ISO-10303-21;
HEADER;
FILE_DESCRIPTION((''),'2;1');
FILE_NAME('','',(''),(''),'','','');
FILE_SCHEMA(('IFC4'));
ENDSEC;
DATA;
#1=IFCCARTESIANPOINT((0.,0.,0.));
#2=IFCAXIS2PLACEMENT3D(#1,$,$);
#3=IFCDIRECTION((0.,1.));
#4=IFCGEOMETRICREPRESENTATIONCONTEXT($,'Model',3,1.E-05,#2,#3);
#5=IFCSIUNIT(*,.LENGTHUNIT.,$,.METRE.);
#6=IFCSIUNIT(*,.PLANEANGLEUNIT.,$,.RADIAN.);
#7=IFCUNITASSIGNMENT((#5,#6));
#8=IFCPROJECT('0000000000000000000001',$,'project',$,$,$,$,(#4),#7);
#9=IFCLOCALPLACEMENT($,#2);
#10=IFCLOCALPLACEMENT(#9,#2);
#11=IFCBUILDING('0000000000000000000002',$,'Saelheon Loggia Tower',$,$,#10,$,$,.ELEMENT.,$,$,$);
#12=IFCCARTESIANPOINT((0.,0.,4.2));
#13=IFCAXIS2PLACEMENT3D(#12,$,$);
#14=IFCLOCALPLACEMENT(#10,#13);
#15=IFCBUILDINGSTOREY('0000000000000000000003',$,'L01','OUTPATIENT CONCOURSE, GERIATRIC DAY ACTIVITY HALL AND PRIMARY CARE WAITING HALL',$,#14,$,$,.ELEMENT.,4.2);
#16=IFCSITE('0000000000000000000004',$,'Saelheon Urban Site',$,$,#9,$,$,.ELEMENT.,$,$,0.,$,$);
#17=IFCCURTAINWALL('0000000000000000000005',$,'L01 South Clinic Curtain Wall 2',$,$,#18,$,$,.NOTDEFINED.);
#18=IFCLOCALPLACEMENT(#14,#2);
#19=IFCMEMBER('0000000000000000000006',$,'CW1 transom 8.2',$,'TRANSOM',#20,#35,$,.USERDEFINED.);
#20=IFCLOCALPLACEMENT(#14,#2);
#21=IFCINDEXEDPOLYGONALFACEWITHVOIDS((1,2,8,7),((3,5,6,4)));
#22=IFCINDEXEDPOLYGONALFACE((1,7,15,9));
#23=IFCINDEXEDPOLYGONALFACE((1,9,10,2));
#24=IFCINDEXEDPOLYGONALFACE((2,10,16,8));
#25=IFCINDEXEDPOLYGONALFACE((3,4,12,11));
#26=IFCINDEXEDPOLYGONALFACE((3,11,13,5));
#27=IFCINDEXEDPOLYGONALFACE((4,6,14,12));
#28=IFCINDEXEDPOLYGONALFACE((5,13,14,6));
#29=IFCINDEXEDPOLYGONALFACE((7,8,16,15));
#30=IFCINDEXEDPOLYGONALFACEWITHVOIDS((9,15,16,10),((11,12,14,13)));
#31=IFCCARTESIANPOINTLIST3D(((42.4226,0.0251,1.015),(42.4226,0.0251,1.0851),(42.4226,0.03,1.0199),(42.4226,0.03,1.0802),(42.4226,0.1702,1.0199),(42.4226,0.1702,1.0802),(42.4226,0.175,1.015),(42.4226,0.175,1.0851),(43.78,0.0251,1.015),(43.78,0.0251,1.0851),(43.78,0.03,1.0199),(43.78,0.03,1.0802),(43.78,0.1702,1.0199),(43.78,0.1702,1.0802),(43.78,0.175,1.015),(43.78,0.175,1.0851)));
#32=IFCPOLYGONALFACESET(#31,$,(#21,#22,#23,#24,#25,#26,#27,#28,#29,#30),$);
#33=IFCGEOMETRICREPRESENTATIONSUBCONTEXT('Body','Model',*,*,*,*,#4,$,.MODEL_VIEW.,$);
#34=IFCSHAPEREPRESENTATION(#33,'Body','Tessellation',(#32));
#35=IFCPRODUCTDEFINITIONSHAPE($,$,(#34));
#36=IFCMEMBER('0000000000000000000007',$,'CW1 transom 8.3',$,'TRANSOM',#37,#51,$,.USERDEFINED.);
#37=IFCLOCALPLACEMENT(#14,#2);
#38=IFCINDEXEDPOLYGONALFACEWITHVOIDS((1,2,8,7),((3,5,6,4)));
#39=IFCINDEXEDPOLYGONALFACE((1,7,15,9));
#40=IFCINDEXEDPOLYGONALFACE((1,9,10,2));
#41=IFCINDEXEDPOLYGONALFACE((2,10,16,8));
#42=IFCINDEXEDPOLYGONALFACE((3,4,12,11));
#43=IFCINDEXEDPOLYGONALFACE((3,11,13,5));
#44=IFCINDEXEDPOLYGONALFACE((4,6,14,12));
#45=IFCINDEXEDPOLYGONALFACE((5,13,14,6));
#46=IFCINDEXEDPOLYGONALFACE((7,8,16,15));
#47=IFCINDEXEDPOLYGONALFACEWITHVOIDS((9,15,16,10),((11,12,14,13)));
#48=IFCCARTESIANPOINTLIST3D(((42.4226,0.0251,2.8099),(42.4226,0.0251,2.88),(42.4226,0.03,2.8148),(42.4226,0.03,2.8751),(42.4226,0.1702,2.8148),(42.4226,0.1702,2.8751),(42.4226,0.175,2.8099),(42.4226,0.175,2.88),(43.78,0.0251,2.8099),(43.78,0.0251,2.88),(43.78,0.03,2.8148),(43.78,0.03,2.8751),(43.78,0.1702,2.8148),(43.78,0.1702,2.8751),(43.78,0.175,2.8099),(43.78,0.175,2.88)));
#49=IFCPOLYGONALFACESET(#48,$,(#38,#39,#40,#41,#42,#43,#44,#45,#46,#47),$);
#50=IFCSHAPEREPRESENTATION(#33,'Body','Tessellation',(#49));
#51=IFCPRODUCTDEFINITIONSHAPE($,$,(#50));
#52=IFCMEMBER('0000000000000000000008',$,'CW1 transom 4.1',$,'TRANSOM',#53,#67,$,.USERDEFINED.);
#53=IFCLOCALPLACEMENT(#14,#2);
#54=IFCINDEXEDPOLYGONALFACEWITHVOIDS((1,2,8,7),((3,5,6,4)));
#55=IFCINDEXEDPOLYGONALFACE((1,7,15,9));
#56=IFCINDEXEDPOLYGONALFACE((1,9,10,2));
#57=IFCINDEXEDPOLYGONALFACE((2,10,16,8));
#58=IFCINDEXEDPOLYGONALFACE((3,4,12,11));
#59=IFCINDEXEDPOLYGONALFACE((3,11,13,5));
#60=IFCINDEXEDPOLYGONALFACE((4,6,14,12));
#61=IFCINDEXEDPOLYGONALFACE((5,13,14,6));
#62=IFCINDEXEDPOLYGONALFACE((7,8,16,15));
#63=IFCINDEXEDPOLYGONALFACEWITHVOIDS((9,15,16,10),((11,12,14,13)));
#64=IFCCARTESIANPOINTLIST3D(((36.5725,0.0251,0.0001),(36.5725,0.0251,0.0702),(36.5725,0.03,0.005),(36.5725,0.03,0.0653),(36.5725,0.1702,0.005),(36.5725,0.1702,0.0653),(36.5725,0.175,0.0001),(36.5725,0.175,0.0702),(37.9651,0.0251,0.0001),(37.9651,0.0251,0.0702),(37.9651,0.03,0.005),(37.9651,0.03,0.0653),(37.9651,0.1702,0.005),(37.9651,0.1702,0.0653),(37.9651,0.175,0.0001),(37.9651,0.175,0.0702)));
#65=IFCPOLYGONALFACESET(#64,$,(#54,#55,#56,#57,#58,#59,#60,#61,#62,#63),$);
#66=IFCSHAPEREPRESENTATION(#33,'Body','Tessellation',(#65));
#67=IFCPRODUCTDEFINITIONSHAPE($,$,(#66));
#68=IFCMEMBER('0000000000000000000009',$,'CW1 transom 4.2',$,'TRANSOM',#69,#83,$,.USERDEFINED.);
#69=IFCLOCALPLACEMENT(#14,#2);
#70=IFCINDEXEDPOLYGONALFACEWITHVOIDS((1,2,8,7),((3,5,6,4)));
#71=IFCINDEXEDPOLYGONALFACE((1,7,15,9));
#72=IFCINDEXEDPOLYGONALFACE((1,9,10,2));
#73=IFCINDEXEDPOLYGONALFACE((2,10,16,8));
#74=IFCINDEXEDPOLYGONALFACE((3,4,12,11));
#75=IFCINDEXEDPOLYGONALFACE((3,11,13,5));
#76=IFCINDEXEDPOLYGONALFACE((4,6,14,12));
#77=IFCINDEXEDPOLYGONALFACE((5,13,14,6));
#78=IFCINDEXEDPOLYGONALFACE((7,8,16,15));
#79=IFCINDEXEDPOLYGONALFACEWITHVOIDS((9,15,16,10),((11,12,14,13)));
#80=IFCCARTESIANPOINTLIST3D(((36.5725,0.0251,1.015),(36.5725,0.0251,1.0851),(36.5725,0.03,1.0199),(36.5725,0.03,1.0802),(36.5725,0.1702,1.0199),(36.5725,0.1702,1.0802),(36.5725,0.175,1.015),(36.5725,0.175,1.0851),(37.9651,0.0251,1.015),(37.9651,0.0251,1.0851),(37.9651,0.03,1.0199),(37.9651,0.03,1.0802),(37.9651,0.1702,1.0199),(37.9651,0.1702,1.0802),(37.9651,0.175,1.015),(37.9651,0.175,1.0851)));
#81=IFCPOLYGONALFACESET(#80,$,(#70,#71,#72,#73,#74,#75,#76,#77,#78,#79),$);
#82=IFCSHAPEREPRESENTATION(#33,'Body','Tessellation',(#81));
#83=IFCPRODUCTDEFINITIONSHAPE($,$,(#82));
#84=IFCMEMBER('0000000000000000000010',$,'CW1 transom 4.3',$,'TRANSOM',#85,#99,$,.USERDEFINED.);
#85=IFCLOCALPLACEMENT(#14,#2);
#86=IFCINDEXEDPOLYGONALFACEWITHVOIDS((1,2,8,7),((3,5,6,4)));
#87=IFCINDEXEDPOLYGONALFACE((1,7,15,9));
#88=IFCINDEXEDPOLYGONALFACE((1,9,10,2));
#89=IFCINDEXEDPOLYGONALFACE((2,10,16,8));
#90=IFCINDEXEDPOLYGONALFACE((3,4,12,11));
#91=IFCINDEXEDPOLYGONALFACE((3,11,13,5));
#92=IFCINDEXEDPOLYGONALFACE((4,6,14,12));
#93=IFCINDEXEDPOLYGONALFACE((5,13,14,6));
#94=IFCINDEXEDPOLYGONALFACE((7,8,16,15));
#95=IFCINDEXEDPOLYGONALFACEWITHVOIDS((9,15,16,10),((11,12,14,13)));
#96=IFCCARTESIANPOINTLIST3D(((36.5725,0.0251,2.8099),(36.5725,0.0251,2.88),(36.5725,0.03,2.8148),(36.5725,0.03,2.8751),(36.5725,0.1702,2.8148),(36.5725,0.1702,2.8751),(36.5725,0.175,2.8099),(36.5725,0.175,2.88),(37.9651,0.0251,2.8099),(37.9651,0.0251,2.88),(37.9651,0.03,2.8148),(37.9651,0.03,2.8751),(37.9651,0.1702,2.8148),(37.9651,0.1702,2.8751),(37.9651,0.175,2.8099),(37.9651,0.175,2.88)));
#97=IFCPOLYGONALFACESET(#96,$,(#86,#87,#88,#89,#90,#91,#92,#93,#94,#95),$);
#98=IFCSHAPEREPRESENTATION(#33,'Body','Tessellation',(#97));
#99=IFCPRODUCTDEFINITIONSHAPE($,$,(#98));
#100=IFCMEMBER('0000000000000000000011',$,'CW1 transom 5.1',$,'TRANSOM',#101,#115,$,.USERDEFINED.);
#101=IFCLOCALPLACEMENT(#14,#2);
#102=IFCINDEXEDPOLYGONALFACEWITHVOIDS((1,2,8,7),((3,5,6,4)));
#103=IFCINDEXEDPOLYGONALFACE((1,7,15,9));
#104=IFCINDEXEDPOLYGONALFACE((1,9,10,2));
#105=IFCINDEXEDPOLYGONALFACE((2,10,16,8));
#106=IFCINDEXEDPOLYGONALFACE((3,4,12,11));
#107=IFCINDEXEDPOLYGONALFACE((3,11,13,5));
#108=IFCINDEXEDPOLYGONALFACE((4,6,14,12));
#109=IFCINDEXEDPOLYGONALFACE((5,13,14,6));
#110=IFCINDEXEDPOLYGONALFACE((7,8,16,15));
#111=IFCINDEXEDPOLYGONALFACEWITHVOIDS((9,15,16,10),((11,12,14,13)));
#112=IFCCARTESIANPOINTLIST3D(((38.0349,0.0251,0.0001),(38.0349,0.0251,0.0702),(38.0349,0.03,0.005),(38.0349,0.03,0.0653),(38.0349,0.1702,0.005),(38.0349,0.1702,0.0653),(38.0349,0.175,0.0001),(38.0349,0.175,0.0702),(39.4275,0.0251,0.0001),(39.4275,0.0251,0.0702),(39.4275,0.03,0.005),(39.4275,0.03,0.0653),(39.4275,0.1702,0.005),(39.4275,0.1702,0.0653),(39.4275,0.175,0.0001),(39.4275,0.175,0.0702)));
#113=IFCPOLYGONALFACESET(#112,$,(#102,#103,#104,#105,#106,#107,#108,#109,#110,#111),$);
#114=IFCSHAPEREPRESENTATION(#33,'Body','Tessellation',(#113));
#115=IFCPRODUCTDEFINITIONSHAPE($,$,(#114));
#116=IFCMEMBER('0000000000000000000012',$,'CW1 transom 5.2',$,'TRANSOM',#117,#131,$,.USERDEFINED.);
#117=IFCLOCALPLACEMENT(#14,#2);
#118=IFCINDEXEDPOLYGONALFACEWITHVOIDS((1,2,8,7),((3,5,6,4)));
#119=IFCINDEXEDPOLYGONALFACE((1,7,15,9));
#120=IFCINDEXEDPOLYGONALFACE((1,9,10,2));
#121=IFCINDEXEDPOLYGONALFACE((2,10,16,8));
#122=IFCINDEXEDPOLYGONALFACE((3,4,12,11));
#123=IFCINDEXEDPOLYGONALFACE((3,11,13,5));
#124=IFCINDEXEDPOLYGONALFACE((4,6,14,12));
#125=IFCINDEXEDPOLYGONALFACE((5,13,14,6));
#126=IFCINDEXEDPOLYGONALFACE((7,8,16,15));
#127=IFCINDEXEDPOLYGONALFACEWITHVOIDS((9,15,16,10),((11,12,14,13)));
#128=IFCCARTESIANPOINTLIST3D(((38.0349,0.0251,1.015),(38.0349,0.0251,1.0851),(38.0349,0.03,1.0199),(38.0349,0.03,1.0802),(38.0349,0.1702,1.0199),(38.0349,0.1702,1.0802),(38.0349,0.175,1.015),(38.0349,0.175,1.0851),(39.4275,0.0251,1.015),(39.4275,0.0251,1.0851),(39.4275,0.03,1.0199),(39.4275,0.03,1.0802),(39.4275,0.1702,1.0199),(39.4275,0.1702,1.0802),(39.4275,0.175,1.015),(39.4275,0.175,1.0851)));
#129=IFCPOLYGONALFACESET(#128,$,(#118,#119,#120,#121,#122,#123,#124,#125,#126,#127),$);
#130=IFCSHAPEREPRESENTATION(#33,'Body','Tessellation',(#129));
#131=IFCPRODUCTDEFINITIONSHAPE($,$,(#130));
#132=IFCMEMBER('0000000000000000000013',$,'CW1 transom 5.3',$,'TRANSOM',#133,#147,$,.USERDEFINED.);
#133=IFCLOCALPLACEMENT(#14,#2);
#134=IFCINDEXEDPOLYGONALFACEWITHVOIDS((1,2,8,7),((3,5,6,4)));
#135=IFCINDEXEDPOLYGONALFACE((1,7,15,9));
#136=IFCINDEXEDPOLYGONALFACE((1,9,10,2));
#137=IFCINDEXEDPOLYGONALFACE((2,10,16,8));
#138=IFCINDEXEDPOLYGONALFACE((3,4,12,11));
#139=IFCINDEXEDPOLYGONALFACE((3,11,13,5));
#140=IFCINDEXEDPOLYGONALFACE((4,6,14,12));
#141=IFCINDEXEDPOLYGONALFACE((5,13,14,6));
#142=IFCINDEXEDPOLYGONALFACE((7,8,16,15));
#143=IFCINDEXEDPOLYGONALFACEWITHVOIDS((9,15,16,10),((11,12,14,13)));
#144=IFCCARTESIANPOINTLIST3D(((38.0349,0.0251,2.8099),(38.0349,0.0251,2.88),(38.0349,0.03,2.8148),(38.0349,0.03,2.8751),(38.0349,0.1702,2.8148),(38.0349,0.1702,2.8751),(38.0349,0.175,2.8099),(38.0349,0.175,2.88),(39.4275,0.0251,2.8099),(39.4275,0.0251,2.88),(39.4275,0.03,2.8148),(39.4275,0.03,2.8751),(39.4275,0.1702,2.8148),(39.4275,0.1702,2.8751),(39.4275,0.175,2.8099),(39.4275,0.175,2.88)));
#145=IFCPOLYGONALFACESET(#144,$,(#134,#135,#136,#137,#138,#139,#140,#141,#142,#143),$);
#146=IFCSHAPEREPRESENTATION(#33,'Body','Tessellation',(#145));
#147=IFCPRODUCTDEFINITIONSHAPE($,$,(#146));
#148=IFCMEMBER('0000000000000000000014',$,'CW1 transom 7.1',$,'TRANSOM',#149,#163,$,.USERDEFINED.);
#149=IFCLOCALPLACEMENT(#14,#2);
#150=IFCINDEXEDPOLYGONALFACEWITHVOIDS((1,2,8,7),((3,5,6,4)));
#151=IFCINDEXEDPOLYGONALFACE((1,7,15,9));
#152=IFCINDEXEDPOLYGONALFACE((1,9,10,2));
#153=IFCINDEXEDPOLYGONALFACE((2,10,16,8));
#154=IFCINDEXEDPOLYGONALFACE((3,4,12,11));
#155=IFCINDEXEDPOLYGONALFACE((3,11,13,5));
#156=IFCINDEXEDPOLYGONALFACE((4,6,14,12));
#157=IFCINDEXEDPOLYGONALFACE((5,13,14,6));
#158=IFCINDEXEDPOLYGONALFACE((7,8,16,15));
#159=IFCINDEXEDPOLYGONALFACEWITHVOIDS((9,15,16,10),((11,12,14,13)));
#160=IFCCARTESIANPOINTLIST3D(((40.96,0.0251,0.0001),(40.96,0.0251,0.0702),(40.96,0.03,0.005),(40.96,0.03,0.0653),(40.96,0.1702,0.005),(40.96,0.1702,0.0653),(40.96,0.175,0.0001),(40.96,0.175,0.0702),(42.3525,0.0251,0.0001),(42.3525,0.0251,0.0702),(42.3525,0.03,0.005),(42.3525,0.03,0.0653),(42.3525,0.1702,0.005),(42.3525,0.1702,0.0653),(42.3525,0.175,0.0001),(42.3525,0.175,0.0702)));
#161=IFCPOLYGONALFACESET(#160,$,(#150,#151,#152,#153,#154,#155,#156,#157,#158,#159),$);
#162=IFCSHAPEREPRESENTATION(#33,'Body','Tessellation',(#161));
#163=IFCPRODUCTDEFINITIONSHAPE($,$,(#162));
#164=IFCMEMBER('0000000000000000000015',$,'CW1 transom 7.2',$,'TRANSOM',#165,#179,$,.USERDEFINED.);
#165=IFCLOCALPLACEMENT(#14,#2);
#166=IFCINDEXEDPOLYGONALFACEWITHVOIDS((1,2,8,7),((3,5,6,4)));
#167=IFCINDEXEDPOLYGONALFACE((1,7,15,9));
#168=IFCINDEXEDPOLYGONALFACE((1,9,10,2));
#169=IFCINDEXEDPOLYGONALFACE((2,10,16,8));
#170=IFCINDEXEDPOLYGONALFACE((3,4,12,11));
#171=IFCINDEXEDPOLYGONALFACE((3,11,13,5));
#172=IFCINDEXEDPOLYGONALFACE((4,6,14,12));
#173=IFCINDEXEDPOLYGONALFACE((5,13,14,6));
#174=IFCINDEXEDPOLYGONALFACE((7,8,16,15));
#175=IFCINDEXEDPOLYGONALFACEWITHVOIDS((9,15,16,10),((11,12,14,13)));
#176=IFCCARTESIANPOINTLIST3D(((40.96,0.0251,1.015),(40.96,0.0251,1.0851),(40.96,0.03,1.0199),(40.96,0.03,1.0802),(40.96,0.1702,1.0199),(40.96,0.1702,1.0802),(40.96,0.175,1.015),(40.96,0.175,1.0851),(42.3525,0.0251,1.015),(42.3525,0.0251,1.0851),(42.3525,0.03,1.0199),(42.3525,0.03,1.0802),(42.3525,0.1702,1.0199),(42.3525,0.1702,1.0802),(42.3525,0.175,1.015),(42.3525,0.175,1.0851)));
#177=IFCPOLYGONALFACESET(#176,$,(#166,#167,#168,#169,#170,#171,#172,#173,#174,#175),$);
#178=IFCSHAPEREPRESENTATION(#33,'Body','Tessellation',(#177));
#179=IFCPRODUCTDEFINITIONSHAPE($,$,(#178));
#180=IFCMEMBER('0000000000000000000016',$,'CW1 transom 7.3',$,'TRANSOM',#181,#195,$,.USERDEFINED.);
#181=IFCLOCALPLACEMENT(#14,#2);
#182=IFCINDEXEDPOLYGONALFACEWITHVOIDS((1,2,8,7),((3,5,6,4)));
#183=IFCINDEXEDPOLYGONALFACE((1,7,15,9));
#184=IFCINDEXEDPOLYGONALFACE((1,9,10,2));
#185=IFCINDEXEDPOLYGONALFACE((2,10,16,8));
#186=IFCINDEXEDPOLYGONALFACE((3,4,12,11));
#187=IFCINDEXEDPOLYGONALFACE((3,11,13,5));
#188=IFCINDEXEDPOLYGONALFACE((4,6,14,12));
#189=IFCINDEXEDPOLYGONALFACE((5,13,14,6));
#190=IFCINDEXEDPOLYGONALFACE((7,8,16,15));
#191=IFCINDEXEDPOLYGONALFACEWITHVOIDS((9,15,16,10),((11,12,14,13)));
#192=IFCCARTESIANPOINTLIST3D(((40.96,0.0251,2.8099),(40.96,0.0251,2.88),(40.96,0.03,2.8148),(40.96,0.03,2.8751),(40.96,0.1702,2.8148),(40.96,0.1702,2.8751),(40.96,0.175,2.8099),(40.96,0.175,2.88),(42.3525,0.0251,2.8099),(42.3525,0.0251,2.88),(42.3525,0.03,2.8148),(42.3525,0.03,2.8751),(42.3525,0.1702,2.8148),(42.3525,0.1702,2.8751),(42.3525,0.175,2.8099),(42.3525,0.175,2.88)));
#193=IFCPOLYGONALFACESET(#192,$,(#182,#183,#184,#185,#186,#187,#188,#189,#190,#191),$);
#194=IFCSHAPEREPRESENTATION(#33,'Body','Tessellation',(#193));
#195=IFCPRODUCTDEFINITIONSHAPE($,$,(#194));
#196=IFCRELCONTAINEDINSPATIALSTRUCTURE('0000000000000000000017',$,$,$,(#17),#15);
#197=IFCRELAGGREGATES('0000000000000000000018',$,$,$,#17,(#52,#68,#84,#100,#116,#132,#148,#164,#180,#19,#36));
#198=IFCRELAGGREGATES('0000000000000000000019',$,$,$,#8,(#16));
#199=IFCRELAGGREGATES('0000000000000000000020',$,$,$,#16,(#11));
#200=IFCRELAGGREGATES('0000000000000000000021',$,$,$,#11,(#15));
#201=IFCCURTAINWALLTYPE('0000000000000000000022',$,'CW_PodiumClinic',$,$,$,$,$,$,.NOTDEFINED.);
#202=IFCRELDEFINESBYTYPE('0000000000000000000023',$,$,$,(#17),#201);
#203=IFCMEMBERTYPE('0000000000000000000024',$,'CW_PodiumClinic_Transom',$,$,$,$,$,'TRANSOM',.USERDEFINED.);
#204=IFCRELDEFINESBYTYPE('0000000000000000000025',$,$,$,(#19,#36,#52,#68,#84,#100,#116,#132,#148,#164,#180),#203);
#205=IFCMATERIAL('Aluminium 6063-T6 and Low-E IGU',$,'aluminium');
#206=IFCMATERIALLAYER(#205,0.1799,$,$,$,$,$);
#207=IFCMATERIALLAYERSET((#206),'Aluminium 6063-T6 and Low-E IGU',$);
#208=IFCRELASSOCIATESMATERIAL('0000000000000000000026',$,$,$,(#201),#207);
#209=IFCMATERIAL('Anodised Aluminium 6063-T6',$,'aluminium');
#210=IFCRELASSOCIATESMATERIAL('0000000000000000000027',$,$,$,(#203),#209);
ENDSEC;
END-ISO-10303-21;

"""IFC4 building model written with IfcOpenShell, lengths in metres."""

from ifc_helpers import new_model, si_unit, direction, frame, origin, origin_2d, place, context, subcontext, project, spatial, hollow_rectangle, extrude, source, transform, mapped, material, layer, layer_set, material_profile, profile_set, type_object, element, aggregate, save


model = new_model("IFC4")

# Units and contexts
model_context = context("Model", 3, precision=1e-05, world=origin(), true_north=direction((0.0, 1.0)))
body_context = subcontext(model_context, "Body", "Model", "MODEL_VIEW")
ifc_project = project(units=[si_unit("LENGTHUNIT", "METRE"), si_unit("PLANEANGLEUNIT", "RADIAN")], contexts=[model_context])

# Site, building, storey
site_placement = place(None, origin())
site = spatial("IfcSite", under=ifc_project, at=site_placement, Name="Saelheon Urban Site", CompositionType="ELEMENT", RefElevation=0.0)
building_placement = place(site_placement, origin())
building = spatial("IfcBuilding", under=site, at=building_placement, Name="Saelheon Loggia Tower", CompositionType="ELEMENT")
storey_placement = place(building_placement, frame((0.0, 0.0, 4.2)))
storey = spatial("IfcBuildingStorey", under=building, at=storey_placement, Name="L01", Description="OUTPATIENT CONCOURSE, GERIATRIC DAY ACTIVITY HALL AND PRIMARY CARE WAITING HALL", CompositionType="ELEMENT", Elevation=4.2)

# Curtain wall
ifc_material_1 = material(Name="Aluminium 6063-T6 and Low-E IGU", Category="aluminium")
ifc_layer_1 = layer(ifc_material_1, 0.1799)
ifc_layer_set_1 = layer_set([ifc_layer_1], Name="Aluminium 6063-T6 and Low-E IGU")
curtain_wall_type = type_object("IfcCurtainWallType", Name="CW_PodiumClinic", PredefinedType="NOTDEFINED", material=ifc_layer_set_1)
curtain_wall_1_placement = place(storey_placement, origin())
curtain_wall_1 = element("IfcCurtainWall", 1, at=curtain_wall_1_placement, inside=storey, type_object=curtain_wall_type, Name="L01 South Clinic Curtain Wall 2", PredefinedType="NOTDEFINED")
ifc_material_2 = material(Name="Anodised Aluminium 6063-T6", Category="aluminium")
ifc_material_profile_1 = material_profile(ifc_material_2, hollow_rectangle(XDim=0.0701, YDim=0.1499, WallThickness=0.0049, at=origin_2d()), Name="RHS-150x70x5")
ifc_profile_set_1 = profile_set([ifc_material_profile_1], Name="Anodised Aluminium 6063-T6")
member_type_1 = type_object("IfcMemberType", Name="CW_PodiumClinic_Transom", ElementType="TRANSOM", PredefinedType="USERDEFINED", material=ifc_profile_set_1)

# Members
shared_shape_1 = source(origin(), body_context, "Body", "SweptSolid", [
    extrude(hollow_rectangle(XDim=0.0701, YDim=0.1499, WallThickness=0.0049, at=origin_2d()), origin(), (0.0, 0.0, 1.0), 1.3574),
])
member_1_placement = place(storey_placement, frame((42.4226, 0.1001, 1.05), z_axis=(1.0, 0.0, 0.0), x_axis=(0.0, 0.0, 1.0)))
member_1 = element("IfcMember", 2, at=member_1_placement, type_object=member_type_1, Name="CW1 transom 8.2", ObjectType="TRANSOM", PredefinedType="USERDEFINED", context=body_context, shape_type="MappedRepresentation", body=[
    mapped(shared_shape_1, transform((0.0, 0.0, 0.0), scale=1.0)),
])
member_2_placement = place(storey_placement, frame((42.4226, 0.1001, 2.845), z_axis=(1.0, 0.0, 0.0), x_axis=(0.0, 0.0, 1.0)))
member_2 = element("IfcMember", 3, at=member_2_placement, type_object=member_type_1, Name="CW1 transom 8.3", ObjectType="TRANSOM", PredefinedType="USERDEFINED", context=body_context, shape_type="MappedRepresentation", body=[
    mapped(shared_shape_1, transform((0.0, 0.0, 0.0), scale=1.0)),
])
shared_shape_2 = source(origin(), body_context, "Body", "SweptSolid", [
    extrude(hollow_rectangle(XDim=0.0701, YDim=0.1499, WallThickness=0.0049, at=origin_2d()), origin(), (0.0, 0.0, 1.0), 1.3926),
])
member_3_placement = place(storey_placement, frame((36.5725, 0.1001, 0.0352), z_axis=(1.0, 0.0, 0.0), x_axis=(0.0, 0.0, 1.0)))
member_3 = element("IfcMember", 4, at=member_3_placement, type_object=member_type_1, Name="CW1 transom 4.1", ObjectType="TRANSOM", PredefinedType="USERDEFINED", context=body_context, shape_type="MappedRepresentation", body=[
    mapped(shared_shape_2, transform((0.0, 0.0, 0.0), scale=1.0)),
])
member_4_placement = place(storey_placement, frame((36.5725, 0.1001, 1.05), z_axis=(1.0, 0.0, 0.0), x_axis=(0.0, 0.0, 1.0)))
member_4 = element("IfcMember", 5, at=member_4_placement, type_object=member_type_1, Name="CW1 transom 4.2", ObjectType="TRANSOM", PredefinedType="USERDEFINED", context=body_context, shape_type="MappedRepresentation", body=[
    mapped(shared_shape_2, transform((0.0, 0.0, 0.0), scale=1.0)),
])
member_5_placement = place(storey_placement, frame((36.5725, 0.1001, 2.845), z_axis=(1.0, 0.0, 0.0), x_axis=(0.0, 0.0, 1.0)))
member_5 = element("IfcMember", 6, at=member_5_placement, type_object=member_type_1, Name="CW1 transom 4.3", ObjectType="TRANSOM", PredefinedType="USERDEFINED", context=body_context, shape_type="MappedRepresentation", body=[
    mapped(shared_shape_2, transform((0.0, 0.0, 0.0), scale=1.0)),
])
member_6_placement = place(storey_placement, frame((38.0349, 0.1001, 0.0352), z_axis=(1.0, 0.0, 0.0), x_axis=(0.0, 0.0, 1.0)))
member_6 = element("IfcMember", 7, at=member_6_placement, type_object=member_type_1, Name="CW1 transom 5.1", ObjectType="TRANSOM", PredefinedType="USERDEFINED", context=body_context, shape_type="MappedRepresentation", body=[
    mapped(shared_shape_2, transform((0.0, 0.0, 0.0), scale=1.0)),
])
member_7_placement = place(storey_placement, frame((38.0349, 0.1001, 1.05), z_axis=(1.0, 0.0, 0.0), x_axis=(0.0, 0.0, 1.0)))
member_7 = element("IfcMember", 8, at=member_7_placement, type_object=member_type_1, Name="CW1 transom 5.2", ObjectType="TRANSOM", PredefinedType="USERDEFINED", context=body_context, shape_type="MappedRepresentation", body=[
    mapped(shared_shape_2, transform((0.0, 0.0, 0.0), scale=1.0)),
])
member_8_placement = place(storey_placement, frame((38.0349, 0.1001, 2.845), z_axis=(1.0, 0.0, 0.0), x_axis=(0.0, 0.0, 1.0)))
member_8 = element("IfcMember", 9, at=member_8_placement, type_object=member_type_1, Name="CW1 transom 5.3", ObjectType="TRANSOM", PredefinedType="USERDEFINED", context=body_context, shape_type="MappedRepresentation", body=[
    mapped(shared_shape_2, transform((0.0, 0.0, 0.0), scale=1.0)),
])
member_9_placement = place(storey_placement, frame((40.96, 0.1001, 0.0352), z_axis=(1.0, 0.0, 0.0), x_axis=(0.0, 0.0, 1.0)))
member_9 = element("IfcMember", 10, at=member_9_placement, type_object=member_type_1, Name="CW1 transom 7.1", ObjectType="TRANSOM", PredefinedType="USERDEFINED", context=body_context, shape_type="MappedRepresentation", body=[
    mapped(shared_shape_2, transform((0.0, 0.0, 0.0), scale=1.0)),
])
member_10_placement = place(storey_placement, frame((40.96, 0.1001, 1.05), z_axis=(1.0, 0.0, 0.0), x_axis=(0.0, 0.0, 1.0)))
member_10 = element("IfcMember", 11, at=member_10_placement, type_object=member_type_1, Name="CW1 transom 7.2", ObjectType="TRANSOM", PredefinedType="USERDEFINED", context=body_context, shape_type="MappedRepresentation", body=[
    mapped(shared_shape_2, transform((0.0, 0.0, 0.0), scale=1.0)),
])
member_11_placement = place(storey_placement, frame((40.96, 0.1001, 2.845), z_axis=(1.0, 0.0, 0.0), x_axis=(0.0, 0.0, 1.0)))
member_11 = element("IfcMember", 12, at=member_11_placement, type_object=member_type_1, Name="CW1 transom 7.3", ObjectType="TRANSOM", PredefinedType="USERDEFINED", context=body_context, shape_type="MappedRepresentation", body=[
    mapped(shared_shape_2, transform((0.0, 0.0, 0.0), scale=1.0)),
])

aggregate(curtain_wall_1, [member_3, member_4, member_5, member_6, member_7, member_8, member_9, member_10, member_11, member_1, member_2])

save(model, "model.ifc")
